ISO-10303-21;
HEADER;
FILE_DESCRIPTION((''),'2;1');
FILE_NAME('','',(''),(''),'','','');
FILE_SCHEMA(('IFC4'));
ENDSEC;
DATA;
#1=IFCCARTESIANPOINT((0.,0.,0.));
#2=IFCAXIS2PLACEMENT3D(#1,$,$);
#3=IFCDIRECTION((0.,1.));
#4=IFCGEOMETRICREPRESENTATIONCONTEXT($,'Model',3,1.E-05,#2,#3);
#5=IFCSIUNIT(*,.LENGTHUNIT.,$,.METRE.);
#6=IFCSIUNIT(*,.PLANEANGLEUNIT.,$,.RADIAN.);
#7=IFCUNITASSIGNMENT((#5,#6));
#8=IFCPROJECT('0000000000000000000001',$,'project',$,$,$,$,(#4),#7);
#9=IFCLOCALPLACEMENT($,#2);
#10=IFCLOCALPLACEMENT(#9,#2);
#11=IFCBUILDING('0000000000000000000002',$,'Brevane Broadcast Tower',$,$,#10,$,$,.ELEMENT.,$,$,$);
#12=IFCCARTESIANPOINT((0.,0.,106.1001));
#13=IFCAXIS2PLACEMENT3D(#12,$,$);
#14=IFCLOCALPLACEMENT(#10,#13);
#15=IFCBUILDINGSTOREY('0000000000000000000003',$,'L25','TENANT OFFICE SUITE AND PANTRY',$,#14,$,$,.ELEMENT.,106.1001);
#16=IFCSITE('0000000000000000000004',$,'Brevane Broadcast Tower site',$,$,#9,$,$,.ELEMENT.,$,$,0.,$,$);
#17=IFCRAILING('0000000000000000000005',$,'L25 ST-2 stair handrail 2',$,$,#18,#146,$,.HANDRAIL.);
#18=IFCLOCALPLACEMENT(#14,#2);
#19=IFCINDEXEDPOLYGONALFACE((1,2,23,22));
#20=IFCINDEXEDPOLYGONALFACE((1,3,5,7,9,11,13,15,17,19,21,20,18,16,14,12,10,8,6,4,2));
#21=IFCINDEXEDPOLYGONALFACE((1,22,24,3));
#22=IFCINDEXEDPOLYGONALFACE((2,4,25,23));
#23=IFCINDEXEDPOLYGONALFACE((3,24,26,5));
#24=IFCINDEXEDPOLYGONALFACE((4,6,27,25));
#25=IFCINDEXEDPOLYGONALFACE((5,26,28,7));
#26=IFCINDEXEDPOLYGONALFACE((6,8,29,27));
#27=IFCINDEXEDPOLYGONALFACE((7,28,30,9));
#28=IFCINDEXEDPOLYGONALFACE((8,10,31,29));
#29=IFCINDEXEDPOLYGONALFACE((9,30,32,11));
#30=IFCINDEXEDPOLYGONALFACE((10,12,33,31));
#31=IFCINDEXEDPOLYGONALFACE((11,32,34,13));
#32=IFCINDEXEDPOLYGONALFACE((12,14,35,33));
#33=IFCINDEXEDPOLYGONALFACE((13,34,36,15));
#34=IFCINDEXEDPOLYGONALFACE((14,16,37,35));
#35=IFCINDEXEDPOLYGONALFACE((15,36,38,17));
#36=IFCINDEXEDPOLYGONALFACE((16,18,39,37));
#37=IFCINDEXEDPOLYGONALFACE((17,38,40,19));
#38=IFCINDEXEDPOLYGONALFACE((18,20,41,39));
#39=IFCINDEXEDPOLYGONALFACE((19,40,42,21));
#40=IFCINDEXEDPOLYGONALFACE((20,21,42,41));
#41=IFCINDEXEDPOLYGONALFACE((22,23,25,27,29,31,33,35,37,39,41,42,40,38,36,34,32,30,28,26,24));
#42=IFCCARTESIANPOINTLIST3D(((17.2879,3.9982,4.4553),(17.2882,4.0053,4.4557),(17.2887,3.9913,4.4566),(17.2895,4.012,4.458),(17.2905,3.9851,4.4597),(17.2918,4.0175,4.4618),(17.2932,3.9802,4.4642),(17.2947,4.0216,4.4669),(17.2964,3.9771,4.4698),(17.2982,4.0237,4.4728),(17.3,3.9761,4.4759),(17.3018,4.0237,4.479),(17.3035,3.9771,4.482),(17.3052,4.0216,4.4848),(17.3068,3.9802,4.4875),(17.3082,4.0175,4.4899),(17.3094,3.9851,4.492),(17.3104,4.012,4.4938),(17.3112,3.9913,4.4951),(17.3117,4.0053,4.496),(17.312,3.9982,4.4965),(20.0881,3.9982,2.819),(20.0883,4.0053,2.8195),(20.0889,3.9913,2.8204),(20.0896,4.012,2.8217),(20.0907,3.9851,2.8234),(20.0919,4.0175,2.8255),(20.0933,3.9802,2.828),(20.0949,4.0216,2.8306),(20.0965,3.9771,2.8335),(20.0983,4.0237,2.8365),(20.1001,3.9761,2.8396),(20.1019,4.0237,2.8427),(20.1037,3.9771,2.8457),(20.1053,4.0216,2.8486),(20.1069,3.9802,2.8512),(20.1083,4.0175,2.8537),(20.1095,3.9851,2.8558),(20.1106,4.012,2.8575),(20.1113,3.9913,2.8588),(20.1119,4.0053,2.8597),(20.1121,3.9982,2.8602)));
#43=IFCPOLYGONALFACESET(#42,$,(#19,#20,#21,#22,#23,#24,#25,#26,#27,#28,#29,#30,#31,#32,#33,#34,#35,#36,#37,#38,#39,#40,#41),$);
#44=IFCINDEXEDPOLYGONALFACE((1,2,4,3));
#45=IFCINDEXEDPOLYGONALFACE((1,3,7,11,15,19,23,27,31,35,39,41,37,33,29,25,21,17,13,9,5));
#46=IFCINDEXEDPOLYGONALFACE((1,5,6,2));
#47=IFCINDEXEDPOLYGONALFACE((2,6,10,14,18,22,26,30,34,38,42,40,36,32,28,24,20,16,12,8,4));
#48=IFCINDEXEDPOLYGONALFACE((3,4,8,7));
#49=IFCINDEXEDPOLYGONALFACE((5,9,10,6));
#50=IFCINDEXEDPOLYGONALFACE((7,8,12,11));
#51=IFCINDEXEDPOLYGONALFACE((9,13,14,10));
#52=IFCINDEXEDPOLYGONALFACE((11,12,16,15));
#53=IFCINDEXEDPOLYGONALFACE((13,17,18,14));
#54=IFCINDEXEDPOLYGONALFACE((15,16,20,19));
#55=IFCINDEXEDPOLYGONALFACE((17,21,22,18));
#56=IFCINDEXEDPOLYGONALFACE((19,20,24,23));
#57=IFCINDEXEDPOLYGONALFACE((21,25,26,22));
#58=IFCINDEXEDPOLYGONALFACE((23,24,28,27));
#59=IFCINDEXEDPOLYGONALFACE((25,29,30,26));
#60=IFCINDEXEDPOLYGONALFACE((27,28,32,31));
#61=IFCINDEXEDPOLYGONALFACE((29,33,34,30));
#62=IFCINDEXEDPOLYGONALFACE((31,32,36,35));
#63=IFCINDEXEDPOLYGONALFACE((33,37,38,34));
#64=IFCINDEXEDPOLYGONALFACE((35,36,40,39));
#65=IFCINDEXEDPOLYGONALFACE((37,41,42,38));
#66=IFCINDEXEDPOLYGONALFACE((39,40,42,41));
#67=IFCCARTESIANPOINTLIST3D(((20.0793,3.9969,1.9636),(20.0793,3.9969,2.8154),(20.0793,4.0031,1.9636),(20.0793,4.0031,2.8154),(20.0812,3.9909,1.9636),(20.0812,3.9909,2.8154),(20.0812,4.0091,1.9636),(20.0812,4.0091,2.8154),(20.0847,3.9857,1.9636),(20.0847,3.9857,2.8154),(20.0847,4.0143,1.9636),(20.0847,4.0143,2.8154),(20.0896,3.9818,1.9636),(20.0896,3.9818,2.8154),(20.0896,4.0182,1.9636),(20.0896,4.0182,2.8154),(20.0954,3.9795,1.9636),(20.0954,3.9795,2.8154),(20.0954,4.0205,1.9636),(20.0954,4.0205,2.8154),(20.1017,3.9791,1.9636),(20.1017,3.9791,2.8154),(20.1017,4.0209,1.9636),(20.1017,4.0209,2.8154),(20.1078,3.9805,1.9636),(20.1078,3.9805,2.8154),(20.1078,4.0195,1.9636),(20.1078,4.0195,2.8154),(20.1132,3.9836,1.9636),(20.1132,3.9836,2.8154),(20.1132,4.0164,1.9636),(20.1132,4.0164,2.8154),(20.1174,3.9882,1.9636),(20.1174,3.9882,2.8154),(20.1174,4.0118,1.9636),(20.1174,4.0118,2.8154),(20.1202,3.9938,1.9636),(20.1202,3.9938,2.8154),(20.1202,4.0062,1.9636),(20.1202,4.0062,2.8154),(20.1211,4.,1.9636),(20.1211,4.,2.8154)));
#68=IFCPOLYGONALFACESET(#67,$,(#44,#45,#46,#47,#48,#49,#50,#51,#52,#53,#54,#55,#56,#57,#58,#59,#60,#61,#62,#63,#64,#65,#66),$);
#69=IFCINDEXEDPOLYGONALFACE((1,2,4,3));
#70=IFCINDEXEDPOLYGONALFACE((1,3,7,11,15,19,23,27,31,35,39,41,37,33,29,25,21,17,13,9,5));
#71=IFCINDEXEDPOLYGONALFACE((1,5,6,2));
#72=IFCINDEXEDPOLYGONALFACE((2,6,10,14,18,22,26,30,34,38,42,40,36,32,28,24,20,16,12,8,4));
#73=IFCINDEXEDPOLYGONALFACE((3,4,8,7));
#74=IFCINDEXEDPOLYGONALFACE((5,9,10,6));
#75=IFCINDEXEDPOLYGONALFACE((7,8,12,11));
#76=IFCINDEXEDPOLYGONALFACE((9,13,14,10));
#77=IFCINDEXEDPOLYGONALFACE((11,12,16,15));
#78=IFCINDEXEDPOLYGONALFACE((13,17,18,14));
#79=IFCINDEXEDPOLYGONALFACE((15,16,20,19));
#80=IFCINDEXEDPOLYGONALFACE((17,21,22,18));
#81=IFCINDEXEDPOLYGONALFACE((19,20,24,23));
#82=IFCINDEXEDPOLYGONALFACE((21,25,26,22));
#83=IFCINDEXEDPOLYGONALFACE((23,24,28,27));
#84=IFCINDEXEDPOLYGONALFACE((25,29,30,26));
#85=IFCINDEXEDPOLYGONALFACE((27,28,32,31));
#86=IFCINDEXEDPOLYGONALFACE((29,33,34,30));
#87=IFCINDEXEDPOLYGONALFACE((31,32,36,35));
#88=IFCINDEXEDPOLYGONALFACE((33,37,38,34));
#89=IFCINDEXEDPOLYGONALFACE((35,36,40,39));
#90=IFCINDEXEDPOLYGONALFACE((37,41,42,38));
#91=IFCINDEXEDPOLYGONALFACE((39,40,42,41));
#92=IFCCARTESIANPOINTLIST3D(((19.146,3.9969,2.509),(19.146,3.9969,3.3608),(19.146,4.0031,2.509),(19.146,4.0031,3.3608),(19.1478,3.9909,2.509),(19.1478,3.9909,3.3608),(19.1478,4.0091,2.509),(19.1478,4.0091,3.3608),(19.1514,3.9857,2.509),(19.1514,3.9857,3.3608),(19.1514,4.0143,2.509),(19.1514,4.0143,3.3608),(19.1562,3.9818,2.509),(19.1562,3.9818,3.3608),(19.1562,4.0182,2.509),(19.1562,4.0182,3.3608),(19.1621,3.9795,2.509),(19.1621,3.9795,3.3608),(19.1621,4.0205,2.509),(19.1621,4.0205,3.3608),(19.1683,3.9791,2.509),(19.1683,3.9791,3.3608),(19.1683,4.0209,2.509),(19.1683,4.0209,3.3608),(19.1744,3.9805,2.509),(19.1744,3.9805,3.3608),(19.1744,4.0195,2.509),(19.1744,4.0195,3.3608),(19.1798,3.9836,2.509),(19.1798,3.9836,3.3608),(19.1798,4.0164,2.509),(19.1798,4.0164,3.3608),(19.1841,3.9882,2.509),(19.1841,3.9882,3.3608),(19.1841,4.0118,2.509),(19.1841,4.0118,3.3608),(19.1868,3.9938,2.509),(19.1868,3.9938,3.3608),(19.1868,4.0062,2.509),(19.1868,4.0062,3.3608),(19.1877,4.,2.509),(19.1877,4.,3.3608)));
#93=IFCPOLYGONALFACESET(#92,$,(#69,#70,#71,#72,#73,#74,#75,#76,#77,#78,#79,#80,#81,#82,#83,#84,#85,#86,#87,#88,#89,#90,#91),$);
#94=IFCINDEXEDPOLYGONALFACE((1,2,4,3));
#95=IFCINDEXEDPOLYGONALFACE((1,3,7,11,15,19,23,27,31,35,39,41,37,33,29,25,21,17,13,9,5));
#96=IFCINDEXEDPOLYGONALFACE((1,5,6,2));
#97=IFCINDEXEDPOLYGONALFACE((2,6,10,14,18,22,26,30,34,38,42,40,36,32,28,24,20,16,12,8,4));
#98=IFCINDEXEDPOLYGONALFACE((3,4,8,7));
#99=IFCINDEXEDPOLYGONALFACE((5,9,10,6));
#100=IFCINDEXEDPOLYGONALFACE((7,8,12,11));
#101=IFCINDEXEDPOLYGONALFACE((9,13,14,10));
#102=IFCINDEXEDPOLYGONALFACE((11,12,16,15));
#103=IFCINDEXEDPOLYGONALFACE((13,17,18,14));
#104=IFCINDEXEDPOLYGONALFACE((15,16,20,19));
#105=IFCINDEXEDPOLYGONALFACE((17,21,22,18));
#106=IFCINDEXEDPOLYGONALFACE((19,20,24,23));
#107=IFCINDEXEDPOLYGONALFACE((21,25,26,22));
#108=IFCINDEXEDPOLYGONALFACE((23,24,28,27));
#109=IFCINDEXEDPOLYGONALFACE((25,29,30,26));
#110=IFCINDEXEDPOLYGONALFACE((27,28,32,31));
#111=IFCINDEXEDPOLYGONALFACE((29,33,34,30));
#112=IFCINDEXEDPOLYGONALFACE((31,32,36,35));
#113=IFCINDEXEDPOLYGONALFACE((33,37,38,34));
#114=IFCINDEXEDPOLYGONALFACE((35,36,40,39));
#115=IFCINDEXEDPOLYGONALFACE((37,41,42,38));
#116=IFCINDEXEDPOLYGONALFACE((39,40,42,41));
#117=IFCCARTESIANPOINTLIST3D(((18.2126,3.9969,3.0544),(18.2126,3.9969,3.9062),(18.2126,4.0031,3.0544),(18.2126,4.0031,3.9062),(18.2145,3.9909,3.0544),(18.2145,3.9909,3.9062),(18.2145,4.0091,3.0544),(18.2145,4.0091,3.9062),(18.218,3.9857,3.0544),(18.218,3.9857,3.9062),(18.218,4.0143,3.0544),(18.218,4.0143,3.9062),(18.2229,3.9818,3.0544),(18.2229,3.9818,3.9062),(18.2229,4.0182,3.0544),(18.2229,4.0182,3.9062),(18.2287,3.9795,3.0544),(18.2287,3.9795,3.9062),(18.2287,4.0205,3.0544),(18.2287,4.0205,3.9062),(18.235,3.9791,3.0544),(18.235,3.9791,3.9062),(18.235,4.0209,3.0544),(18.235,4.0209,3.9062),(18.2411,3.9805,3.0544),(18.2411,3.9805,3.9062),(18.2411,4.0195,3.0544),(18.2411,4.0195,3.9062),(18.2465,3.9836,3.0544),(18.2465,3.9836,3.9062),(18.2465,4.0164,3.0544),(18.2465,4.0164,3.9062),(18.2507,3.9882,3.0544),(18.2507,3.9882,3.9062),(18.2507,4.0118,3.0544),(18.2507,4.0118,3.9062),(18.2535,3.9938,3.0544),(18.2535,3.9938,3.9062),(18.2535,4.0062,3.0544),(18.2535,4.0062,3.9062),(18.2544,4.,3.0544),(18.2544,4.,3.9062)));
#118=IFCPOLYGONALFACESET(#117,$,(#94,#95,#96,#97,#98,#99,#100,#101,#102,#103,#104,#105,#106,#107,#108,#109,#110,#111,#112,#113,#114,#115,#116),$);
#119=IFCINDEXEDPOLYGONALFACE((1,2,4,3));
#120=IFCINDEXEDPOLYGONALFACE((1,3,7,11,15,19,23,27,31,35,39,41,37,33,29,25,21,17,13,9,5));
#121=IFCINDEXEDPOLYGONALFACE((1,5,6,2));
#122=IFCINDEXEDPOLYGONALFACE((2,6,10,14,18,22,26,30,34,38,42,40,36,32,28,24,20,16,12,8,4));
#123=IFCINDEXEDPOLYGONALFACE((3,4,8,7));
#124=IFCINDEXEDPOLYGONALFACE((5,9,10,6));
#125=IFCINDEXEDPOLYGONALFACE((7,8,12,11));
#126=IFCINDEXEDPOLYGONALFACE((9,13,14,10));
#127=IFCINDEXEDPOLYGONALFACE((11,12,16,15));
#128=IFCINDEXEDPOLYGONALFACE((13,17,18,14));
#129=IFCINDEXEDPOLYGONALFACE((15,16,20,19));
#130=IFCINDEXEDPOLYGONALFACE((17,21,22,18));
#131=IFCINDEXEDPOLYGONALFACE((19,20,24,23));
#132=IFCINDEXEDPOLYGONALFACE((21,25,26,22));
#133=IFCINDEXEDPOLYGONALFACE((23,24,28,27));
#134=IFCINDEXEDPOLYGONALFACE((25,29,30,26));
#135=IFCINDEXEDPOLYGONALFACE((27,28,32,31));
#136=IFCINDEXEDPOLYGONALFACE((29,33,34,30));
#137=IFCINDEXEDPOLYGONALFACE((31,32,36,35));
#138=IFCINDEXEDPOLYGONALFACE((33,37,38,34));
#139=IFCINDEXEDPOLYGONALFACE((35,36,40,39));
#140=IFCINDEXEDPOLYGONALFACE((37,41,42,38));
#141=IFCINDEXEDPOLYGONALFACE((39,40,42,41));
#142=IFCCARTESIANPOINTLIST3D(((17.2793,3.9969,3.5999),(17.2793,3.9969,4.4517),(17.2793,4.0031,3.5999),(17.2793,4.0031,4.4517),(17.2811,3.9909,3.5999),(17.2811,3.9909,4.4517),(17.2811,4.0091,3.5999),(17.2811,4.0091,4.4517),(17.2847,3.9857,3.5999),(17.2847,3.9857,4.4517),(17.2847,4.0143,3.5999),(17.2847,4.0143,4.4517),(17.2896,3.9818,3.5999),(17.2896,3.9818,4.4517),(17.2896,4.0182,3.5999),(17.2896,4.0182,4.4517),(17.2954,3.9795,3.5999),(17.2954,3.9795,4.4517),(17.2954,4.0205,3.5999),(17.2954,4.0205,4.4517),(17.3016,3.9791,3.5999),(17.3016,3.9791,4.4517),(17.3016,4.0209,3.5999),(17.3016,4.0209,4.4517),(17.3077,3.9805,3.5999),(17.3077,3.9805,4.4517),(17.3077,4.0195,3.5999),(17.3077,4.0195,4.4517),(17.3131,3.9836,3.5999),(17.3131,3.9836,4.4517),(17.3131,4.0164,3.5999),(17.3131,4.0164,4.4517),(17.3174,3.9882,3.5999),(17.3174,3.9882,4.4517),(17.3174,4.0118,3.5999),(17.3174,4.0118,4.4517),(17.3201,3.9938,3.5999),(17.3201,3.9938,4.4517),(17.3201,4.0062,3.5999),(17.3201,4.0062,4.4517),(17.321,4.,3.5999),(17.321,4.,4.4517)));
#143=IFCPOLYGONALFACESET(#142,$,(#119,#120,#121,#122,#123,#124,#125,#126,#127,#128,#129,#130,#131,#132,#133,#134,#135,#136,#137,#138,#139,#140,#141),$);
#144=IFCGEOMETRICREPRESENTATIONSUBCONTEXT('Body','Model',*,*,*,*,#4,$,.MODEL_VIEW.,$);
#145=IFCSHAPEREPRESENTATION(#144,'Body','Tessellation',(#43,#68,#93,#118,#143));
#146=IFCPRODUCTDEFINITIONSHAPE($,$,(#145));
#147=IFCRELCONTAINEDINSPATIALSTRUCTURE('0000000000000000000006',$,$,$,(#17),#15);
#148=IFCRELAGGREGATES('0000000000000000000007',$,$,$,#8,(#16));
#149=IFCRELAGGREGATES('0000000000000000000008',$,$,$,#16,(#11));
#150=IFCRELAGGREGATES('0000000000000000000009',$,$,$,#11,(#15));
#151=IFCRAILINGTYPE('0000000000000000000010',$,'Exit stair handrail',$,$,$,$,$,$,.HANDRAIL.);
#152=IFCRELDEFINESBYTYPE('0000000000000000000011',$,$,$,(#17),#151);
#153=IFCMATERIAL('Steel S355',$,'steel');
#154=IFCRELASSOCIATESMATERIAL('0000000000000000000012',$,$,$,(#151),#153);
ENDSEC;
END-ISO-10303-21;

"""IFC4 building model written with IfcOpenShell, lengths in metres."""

from ifc_helpers import new_model, si_unit, direction, frame, origin, origin_2d, place, context, subcontext, project, spatial, circle, extrude, material, type_object, element, save


model = new_model("IFC4")

# Units and contexts
model_context = context("Model", 3, precision=1e-05, world=origin(), true_north=direction((0.0, 1.0)))
body_context = subcontext(model_context, "Body", "Model", "MODEL_VIEW")
ifc_project = project(units=[si_unit("LENGTHUNIT", "METRE"), si_unit("PLANEANGLEUNIT", "RADIAN")], contexts=[model_context])

# Site, building, storey
site_placement = place(None, origin())
site = spatial("IfcSite", under=ifc_project, at=site_placement, Name="Brevane Broadcast Tower site", CompositionType="ELEMENT", RefElevation=0.0)
building_placement = place(site_placement, origin())
building = spatial("IfcBuilding", under=site, at=building_placement, Name="Brevane Broadcast Tower", CompositionType="ELEMENT")
storey_placement = place(building_placement, frame((0.0, 0.0, 106.1001)))
storey = spatial("IfcBuildingStorey", under=building, at=storey_placement, Name="L25", Description="TENANT OFFICE SUITE AND PANTRY", CompositionType="ELEMENT", Elevation=106.1001)

# Railing
ifc_material_1 = material(Name="Steel S355", Category="steel")
railing_type_1 = type_object("IfcRailingType", Name="Exit stair handrail", PredefinedType="HANDRAIL", material=ifc_material_1)
railing_1_placement = place(storey_placement, frame((20.1001, 4.0, 1.9636)))
element("IfcRailing", 1, at=railing_1_placement, inside=storey, type_object=railing_type_1, Name="L25 ST-2 stair handrail 2", PredefinedType="HANDRAIL", context=body_context, shape_type="SweptSolid", body=[
    extrude(circle(Radius=0.0239, at=origin_2d()), frame((0.0, 0.0, 0.876), z_axis=(-0.863394, 0.0, 0.504531), x_axis=(0.0, -1.0, 0.0)), (0.0, 0.0, 1.0), 3.2432),
    extrude(circle(Radius=0.021, at=origin_2d()), origin(), (0.0, 0.0, 1.0), 0.8518),
    extrude(circle(Radius=0.021, at=origin_2d()), frame((-0.9333, 0.0, 0.5454)), (0.0, 0.0, 1.0), 0.8518),
    extrude(circle(Radius=0.021, at=origin_2d()), frame((-1.8667, 0.0, 1.0908)), (0.0, 0.0, 1.0), 0.8518),
    extrude(circle(Radius=0.021, at=origin_2d()), frame((-2.8, 0.0, 1.6362)), (0.0, 0.0, 1.0), 0.8518),
])

save(model, "model.ifc")
